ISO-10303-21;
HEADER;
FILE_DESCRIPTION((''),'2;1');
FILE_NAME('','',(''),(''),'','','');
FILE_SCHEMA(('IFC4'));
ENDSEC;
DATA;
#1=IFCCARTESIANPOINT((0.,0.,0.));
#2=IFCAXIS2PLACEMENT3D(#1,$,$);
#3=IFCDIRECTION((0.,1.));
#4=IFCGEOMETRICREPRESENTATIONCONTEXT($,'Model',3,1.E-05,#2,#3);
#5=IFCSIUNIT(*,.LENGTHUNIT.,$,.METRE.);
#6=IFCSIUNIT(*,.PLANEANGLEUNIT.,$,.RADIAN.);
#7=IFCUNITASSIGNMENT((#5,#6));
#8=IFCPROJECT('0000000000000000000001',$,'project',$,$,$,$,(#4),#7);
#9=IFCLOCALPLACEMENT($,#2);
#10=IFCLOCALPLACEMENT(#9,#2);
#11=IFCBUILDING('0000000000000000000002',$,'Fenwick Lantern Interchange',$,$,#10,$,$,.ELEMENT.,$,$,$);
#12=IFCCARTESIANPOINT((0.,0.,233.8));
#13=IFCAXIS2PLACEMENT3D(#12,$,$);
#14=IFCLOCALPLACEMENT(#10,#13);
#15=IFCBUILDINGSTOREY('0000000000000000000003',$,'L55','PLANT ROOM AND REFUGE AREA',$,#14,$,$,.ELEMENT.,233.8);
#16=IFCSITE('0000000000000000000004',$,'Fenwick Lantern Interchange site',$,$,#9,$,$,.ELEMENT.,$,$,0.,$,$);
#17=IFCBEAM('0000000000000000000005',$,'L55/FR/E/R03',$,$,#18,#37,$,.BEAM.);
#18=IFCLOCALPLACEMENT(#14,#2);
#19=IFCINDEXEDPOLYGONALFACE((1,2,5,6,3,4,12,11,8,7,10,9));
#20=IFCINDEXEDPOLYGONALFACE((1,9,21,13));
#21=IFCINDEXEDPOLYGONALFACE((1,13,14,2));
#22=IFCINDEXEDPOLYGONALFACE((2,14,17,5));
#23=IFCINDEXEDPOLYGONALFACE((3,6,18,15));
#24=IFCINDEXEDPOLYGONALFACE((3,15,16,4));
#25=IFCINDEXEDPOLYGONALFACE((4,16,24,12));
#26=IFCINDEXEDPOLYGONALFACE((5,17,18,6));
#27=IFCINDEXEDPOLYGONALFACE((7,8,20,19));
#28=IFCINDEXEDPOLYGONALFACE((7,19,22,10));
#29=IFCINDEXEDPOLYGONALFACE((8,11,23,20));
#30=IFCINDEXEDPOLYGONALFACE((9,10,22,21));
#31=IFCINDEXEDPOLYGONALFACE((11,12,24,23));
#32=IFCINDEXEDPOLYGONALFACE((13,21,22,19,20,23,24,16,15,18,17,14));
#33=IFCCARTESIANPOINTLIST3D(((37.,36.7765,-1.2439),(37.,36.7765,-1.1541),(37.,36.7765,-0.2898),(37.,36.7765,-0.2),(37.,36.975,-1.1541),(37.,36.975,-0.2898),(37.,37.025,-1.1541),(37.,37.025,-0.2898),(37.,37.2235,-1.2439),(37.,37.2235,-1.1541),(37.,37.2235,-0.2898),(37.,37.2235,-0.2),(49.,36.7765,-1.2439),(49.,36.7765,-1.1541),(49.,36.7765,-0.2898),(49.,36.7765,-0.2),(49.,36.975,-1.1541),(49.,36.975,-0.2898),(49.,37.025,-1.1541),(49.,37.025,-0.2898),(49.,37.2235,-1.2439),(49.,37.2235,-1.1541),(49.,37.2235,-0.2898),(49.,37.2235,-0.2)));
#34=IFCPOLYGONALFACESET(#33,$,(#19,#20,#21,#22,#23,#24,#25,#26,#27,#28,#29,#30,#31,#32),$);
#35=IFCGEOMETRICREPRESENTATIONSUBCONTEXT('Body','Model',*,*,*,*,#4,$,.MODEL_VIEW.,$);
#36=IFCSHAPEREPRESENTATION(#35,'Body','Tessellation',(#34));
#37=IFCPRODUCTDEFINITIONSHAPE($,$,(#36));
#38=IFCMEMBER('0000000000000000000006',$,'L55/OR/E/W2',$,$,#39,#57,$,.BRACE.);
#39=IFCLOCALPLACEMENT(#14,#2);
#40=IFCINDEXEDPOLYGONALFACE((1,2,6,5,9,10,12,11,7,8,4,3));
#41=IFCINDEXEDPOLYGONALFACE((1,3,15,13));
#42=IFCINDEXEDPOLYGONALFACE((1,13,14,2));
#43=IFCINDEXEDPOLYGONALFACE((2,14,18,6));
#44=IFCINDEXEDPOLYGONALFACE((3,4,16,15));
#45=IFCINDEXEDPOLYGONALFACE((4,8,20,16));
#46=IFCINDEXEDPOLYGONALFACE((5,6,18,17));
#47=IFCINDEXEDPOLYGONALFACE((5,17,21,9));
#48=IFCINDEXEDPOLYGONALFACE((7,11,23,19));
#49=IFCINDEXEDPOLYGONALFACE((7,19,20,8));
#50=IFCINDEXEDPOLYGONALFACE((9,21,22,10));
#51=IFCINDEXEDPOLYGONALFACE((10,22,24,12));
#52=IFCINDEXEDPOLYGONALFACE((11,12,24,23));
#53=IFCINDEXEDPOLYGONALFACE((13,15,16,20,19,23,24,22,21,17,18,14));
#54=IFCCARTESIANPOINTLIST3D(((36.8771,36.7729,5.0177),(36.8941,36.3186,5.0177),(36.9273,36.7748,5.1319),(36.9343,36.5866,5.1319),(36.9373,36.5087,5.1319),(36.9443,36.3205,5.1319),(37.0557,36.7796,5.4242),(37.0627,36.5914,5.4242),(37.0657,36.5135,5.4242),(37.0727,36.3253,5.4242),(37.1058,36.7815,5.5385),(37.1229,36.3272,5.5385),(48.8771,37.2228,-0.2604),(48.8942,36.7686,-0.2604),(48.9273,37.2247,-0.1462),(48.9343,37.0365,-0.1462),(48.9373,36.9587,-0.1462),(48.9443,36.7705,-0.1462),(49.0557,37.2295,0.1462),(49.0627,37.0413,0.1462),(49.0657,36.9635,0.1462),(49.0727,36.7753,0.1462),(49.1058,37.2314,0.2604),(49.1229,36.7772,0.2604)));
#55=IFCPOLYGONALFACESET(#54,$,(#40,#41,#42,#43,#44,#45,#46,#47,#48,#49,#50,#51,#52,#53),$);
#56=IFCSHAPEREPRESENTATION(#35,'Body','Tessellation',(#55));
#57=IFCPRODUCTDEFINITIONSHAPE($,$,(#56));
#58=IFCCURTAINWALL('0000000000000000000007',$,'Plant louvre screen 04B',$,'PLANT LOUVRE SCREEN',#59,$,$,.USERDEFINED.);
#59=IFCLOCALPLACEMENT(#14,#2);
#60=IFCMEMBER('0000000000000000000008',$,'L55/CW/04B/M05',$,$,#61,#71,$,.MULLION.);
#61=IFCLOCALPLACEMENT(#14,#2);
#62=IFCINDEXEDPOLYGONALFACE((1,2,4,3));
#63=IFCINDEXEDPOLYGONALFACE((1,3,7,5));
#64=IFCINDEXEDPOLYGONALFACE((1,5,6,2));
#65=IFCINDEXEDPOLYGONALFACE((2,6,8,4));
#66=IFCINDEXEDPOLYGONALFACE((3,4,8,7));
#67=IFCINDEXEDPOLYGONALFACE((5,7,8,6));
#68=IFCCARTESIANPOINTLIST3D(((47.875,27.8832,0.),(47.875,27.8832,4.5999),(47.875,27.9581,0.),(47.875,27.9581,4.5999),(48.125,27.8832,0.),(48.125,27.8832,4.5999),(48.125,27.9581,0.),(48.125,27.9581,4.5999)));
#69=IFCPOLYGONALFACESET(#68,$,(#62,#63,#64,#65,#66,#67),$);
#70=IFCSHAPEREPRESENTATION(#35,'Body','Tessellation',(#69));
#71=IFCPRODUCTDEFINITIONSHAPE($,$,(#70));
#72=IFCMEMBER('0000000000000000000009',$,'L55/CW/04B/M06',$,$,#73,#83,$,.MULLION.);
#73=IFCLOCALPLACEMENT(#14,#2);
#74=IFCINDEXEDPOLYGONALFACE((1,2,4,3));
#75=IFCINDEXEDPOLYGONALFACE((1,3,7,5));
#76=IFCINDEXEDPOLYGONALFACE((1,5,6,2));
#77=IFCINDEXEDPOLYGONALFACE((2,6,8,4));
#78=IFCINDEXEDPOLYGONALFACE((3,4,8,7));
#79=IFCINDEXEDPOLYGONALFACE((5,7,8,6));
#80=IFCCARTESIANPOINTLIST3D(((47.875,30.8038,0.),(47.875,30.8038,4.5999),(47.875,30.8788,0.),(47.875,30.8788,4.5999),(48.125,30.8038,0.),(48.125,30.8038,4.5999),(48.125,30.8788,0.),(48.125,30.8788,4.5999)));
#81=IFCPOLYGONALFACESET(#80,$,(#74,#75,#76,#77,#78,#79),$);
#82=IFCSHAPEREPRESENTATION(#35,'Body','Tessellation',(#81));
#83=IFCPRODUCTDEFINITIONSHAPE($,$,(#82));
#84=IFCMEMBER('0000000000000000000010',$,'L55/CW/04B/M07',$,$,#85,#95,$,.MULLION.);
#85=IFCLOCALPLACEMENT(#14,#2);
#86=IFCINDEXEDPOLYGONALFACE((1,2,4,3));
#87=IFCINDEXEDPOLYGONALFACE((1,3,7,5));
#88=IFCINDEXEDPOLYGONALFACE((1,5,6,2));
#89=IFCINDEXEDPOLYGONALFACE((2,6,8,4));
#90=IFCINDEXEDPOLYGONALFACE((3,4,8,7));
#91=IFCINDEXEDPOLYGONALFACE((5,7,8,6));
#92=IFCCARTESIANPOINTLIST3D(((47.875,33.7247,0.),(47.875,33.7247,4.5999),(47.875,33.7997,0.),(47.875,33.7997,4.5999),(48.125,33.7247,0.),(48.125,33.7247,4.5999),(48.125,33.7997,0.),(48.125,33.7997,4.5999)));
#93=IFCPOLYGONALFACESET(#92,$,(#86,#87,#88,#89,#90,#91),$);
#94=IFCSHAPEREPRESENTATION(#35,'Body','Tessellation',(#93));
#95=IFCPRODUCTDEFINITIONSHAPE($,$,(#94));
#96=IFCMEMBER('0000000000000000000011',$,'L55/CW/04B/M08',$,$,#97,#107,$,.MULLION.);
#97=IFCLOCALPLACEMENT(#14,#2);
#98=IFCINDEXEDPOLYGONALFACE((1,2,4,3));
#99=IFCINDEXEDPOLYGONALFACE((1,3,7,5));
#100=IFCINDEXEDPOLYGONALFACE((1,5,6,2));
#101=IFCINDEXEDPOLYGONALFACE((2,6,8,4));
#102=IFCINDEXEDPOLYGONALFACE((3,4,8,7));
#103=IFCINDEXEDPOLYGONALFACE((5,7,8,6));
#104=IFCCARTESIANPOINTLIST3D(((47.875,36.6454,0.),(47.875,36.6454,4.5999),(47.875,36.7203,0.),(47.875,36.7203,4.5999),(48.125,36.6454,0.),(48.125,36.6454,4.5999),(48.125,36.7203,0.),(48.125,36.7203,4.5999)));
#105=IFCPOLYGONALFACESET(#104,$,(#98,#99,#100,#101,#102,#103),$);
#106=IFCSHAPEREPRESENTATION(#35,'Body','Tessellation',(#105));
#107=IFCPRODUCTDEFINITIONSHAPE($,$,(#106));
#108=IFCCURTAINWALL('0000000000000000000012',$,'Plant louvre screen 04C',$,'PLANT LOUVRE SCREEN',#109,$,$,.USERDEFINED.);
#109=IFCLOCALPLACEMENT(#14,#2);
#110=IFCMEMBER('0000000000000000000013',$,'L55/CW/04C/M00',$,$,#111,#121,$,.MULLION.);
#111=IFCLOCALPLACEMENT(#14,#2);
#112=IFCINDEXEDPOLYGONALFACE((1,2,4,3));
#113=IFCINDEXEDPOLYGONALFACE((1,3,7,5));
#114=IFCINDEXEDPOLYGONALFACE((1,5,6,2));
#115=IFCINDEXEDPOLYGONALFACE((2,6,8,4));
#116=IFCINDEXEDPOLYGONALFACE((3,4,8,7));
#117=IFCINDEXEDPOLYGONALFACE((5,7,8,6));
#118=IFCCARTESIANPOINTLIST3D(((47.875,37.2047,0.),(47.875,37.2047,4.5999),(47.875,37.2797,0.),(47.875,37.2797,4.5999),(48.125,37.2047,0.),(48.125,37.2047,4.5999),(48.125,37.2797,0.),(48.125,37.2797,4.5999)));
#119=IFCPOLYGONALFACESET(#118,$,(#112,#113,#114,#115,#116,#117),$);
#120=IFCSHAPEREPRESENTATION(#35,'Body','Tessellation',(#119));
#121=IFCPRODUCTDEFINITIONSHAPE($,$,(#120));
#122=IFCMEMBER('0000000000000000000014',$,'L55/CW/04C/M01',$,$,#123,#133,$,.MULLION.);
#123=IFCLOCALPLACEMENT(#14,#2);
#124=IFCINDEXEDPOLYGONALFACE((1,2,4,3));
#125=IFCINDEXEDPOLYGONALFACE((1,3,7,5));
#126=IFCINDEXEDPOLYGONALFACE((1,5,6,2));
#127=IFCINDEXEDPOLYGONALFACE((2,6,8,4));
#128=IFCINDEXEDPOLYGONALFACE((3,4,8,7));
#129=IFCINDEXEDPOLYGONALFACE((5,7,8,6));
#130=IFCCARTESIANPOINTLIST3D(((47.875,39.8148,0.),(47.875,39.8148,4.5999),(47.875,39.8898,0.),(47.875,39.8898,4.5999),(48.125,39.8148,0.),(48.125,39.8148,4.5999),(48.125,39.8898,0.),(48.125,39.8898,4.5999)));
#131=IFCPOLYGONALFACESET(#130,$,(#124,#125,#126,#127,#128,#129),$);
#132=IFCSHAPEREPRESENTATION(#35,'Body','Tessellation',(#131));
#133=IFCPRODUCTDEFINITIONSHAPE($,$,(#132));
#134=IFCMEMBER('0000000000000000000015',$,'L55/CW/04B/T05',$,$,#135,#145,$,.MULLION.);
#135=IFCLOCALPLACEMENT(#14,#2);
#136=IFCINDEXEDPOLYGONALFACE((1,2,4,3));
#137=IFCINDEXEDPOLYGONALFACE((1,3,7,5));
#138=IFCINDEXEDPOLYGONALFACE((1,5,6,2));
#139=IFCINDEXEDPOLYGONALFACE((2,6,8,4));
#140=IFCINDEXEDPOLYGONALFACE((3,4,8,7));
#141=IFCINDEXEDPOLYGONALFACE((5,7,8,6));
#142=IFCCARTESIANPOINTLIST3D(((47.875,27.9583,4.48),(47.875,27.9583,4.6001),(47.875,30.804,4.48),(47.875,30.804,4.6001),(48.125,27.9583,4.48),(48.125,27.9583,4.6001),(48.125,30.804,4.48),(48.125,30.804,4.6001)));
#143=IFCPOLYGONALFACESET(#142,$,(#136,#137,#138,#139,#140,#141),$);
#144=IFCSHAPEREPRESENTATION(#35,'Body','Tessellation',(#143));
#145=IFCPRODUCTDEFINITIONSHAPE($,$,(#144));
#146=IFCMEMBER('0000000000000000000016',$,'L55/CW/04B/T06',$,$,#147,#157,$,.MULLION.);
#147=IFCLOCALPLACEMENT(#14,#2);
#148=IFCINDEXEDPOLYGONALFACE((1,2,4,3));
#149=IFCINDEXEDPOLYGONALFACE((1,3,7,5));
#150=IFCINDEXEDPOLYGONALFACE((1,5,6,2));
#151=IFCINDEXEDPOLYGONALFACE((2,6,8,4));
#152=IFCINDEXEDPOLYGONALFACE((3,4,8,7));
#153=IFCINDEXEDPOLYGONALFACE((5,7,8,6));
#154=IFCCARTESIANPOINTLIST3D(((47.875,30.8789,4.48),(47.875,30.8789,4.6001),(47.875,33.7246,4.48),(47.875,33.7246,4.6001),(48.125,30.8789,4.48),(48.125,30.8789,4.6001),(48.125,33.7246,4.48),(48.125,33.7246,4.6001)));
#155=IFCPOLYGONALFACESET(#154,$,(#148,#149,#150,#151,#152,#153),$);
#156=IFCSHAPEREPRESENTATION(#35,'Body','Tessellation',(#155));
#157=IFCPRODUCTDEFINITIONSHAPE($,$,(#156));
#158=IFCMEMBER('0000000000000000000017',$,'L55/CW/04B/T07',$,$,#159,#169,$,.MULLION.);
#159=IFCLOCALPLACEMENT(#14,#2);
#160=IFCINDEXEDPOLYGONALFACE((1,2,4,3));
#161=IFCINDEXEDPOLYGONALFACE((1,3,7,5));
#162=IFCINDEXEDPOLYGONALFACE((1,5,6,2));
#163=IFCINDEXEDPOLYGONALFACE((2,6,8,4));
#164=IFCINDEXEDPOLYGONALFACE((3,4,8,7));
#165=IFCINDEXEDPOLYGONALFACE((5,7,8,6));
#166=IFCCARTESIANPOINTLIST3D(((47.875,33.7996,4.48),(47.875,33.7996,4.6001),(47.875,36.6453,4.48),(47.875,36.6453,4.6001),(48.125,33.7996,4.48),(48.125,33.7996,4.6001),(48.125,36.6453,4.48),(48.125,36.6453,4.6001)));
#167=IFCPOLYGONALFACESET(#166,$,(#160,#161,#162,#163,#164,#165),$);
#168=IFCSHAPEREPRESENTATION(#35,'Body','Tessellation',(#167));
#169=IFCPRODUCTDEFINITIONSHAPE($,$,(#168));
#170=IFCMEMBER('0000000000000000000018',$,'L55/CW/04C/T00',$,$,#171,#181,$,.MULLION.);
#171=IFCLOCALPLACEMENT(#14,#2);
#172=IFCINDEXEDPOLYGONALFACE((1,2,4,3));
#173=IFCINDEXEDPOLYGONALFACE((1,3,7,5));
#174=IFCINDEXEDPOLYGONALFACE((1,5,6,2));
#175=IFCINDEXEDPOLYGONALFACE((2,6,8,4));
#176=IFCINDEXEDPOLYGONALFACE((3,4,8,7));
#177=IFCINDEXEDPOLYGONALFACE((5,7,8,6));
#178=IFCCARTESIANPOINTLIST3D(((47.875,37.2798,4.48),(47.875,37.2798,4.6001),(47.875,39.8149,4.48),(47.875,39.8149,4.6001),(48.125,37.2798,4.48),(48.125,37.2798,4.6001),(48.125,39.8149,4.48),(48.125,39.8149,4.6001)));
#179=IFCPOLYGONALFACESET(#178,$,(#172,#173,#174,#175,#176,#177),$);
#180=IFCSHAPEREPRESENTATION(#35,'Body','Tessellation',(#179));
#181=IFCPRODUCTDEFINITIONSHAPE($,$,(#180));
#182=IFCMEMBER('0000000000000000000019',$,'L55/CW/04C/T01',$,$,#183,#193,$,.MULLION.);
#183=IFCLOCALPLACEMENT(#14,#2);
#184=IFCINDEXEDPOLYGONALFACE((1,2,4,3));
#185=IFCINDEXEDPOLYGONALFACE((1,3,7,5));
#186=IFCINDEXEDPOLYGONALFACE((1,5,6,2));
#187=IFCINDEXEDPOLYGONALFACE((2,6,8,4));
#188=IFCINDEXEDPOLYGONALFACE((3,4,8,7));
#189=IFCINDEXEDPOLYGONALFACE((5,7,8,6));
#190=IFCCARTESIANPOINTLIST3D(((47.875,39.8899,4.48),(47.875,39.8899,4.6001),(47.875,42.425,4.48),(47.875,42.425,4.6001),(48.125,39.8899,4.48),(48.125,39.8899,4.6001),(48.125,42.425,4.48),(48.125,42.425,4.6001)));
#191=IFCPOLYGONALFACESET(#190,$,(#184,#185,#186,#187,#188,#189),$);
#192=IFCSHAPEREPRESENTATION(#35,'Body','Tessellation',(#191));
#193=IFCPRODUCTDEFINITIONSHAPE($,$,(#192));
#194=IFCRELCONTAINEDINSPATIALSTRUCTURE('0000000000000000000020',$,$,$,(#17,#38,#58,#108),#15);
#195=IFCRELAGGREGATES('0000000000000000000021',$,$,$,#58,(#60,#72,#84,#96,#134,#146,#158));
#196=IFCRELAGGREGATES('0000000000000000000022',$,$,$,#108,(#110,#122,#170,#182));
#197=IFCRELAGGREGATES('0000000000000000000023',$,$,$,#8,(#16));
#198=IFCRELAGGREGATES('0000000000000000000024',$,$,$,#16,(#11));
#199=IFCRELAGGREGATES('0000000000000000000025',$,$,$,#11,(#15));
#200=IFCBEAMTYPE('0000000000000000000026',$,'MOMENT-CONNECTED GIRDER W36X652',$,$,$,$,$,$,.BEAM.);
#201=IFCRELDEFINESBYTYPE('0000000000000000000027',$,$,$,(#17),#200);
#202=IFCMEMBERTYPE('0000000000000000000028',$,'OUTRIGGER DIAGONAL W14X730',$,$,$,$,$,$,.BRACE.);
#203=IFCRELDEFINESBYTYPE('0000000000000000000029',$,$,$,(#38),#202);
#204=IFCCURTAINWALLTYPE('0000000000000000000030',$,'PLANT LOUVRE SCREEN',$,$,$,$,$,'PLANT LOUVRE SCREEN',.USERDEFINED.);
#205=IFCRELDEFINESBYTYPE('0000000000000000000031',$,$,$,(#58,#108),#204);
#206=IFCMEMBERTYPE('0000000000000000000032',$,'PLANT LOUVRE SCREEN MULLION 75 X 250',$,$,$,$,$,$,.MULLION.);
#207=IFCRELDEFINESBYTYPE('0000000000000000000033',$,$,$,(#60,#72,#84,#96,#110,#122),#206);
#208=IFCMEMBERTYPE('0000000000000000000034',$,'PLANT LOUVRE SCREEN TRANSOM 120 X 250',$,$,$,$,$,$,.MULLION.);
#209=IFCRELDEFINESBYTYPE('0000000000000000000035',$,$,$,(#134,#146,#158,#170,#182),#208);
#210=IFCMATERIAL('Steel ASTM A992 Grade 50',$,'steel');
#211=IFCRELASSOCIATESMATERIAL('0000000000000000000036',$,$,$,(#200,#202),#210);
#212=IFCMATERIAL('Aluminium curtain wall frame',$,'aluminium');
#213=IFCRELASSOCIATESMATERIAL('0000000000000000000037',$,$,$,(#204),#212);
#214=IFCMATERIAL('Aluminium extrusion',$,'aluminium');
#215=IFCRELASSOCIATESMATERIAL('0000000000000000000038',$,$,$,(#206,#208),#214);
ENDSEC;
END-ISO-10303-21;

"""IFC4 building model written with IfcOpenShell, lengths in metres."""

from ifc_helpers import new_model, si_unit, direction, frame, origin, origin_2d, place, context, subcontext, project, spatial, rectangle, i_section, extrude, material, material_profile, profile_set, type_object, element, aggregate, save


model = new_model("IFC4")

# Units and contexts
model_context = context("Model", 3, precision=1e-05, world=origin(), true_north=direction((0.0, 1.0)))
body_context = subcontext(model_context, "Body", "Model", "MODEL_VIEW")
ifc_project = project(units=[si_unit("LENGTHUNIT", "METRE"), si_unit("PLANEANGLEUNIT", "RADIAN")], contexts=[model_context])

# Site, building, storey
site_placement = place(None, origin())
site = spatial("IfcSite", under=ifc_project, at=site_placement, Name="Fenwick Lantern Interchange site", CompositionType="ELEMENT", RefElevation=0.0)
building_placement = place(site_placement, origin())
building = spatial("IfcBuilding", under=site, at=building_placement, Name="Fenwick Lantern Interchange", CompositionType="ELEMENT")
storey_placement = place(building_placement, frame((0.0, 0.0, 233.8)))
storey = spatial("IfcBuildingStorey", under=building, at=storey_placement, Name="L55", Description="PLANT ROOM AND REFUGE AREA", CompositionType="ELEMENT", Elevation=233.8)

# Shared definitions
ifc_material_1 = material(Name="Steel ASTM A992 Grade 50", Category="steel")

# Beam
ifc_material_profile_1 = material_profile(ifc_material_1, i_section(OverallWidth=0.447, OverallDepth=1.0439, WebThickness=0.05, FlangeThickness=0.0898, at=origin_2d()), Name="W36X652")
ifc_profile_set_1 = profile_set([ifc_material_profile_1], Name="Steel ASTM A992 Grade 50")
beam_type_1 = type_object("IfcBeamType", Name="MOMENT-CONNECTED GIRDER W36X652", PredefinedType="BEAM", material=ifc_profile_set_1)
beam_1_placement = place(storey_placement, frame((49.0, 37.0, -0.7219), z_axis=(-1.0, 0.0, 0.0), x_axis=(0.0, -1.0, 0.0)))
element("IfcBeam", 1, at=beam_1_placement, inside=storey, type_object=beam_type_1, Name="L55/FR/E/R03", PredefinedType="BEAM", context=body_context, shape_type="SweptSolid", body=[
    extrude(i_section(OverallWidth=0.447, OverallDepth=1.0439, WebThickness=0.05, FlangeThickness=0.0898, at=origin_2d()), origin(), (0.0, 0.0, 1.0), 12.0),
])

# Member
ifc_material_profile_2 = material_profile(ifc_material_1, i_section(OverallWidth=0.4546, OverallDepth=0.5688, WebThickness=0.0779, FlangeThickness=0.1248, at=origin_2d()), Name="W14X730")
ifc_profile_set_2 = profile_set([ifc_material_profile_2], Name="Steel ASTM A992 Grade 50")
member_type_1 = type_object("IfcMemberType", Name="OUTRIGGER DIAGONAL W14X730", PredefinedType="BRACE", material=ifc_profile_set_2)
member_1_placement = place(storey_placement, frame((49.0, 37.0, 0.0), z_axis=(-0.91483, -0.034302, 0.402379), x_axis=(0.03747, -0.999298, 0.0)))
element("IfcMember", 2, at=member_1_placement, inside=storey, type_object=member_type_1, Name="L55/OR/E/W2", PredefinedType="BRACE", context=body_context, shape_type="SweptSolid", body=[
    extrude(i_section(OverallWidth=0.4546, OverallDepth=0.5688, WebThickness=0.0779, FlangeThickness=0.1248, at=origin_2d()), origin(), (0.0, 0.0, 1.0), 13.1172),
])

# Curtain walls, members
ifc_material_2 = material(Name="Aluminium curtain wall frame", Category="aluminium")
curtain_wall_type = type_object("IfcCurtainWallType", Name="PLANT LOUVRE SCREEN", ElementType="PLANT LOUVRE SCREEN", PredefinedType="USERDEFINED", material=ifc_material_2)
curtain_wall_1_placement = place(storey_placement, origin())
curtain_wall_1 = element("IfcCurtainWall", 3, at=curtain_wall_1_placement, inside=storey, type_object=curtain_wall_type, Name="Plant louvre screen 04B", ObjectType="PLANT LOUVRE SCREEN", PredefinedType="USERDEFINED")
ifc_material_3 = material(Name="Aluminium extrusion", Category="aluminium")
ifc_material_profile_3 = material_profile(ifc_material_3, rectangle(XDim=0.25, YDim=0.075, at=origin_2d()), Name="PLANT LOUVRE SCREEN MULLION 75 X 250")
ifc_profile_set_3 = profile_set([ifc_material_profile_3], Name="Aluminium extrusion")
member_type_2 = type_object("IfcMemberType", Name="PLANT LOUVRE SCREEN MULLION 75 X 250", PredefinedType="MULLION", material=ifc_profile_set_3)
member_2_placement = place(storey_placement, frame((48.0, 27.9207, 0.0), z_axis=(0.0, 0.0, 1.0), x_axis=(-1.0, 0.0, 0.0)))
member_2 = element("IfcMember", 4, at=member_2_placement, type_object=member_type_2, Name="L55/CW/04B/M05", PredefinedType="MULLION", context=body_context, shape_type="SweptSolid", body=[
    extrude(rectangle(XDim=0.25, YDim=0.075, at=origin_2d()), origin(), (0.0, 0.0, 1.0), 4.5999),
])
member_3_placement = place(storey_placement, frame((48.0, 30.8413, 0.0), z_axis=(0.0, 0.0, 1.0), x_axis=(-1.0, 0.0, 0.0)))
member_3 = element("IfcMember", 5, at=member_3_placement, type_object=member_type_2, Name="L55/CW/04B/M06", PredefinedType="MULLION", context=body_context, shape_type="SweptSolid", body=[
    extrude(rectangle(XDim=0.25, YDim=0.075, at=origin_2d()), origin(), (0.0, 0.0, 1.0), 4.5999),
])
member_4_placement = place(storey_placement, frame((48.0, 33.7622, 0.0), z_axis=(0.0, 0.0, 1.0), x_axis=(-1.0, 0.0, 0.0)))
member_4 = element("IfcMember", 6, at=member_4_placement, type_object=member_type_2, Name="L55/CW/04B/M07", PredefinedType="MULLION", context=body_context, shape_type="SweptSolid", body=[
    extrude(rectangle(XDim=0.25, YDim=0.075, at=origin_2d()), origin(), (0.0, 0.0, 1.0), 4.5999),
])
member_5_placement = place(storey_placement, frame((48.0, 36.6829, 0.0), z_axis=(0.0, 0.0, 1.0), x_axis=(-1.0, 0.0, 0.0)))
member_5 = element("IfcMember", 7, at=member_5_placement, type_object=member_type_2, Name="L55/CW/04B/M08", PredefinedType="MULLION", context=body_context, shape_type="SweptSolid", body=[
    extrude(rectangle(XDim=0.25, YDim=0.075, at=origin_2d()), origin(), (0.0, 0.0, 1.0), 4.5999),
])
curtain_wall_2_placement = place(storey_placement, origin())
curtain_wall_2 = element("IfcCurtainWall", 8, at=curtain_wall_2_placement, inside=storey, type_object=curtain_wall_type, Name="Plant louvre screen 04C", ObjectType="PLANT LOUVRE SCREEN", PredefinedType="USERDEFINED")
member_6_placement = place(storey_placement, frame((48.0, 37.2422, 0.0), z_axis=(0.0, 0.0, 1.0), x_axis=(-1.0, 0.0, 0.0)))
member_6 = element("IfcMember", 9, at=member_6_placement, type_object=member_type_2, Name="L55/CW/04C/M00", PredefinedType="MULLION", context=body_context, shape_type="SweptSolid", body=[
    extrude(rectangle(XDim=0.25, YDim=0.075, at=origin_2d()), origin(), (0.0, 0.0, 1.0), 4.5999),
])
member_7_placement = place(storey_placement, frame((48.0, 39.8523, 0.0), z_axis=(0.0, 0.0, 1.0), x_axis=(-1.0, 0.0, 0.0)))
member_7 = element("IfcMember", 10, at=member_7_placement, type_object=member_type_2, Name="L55/CW/04C/M01", PredefinedType="MULLION", context=body_context, shape_type="SweptSolid", body=[
    extrude(rectangle(XDim=0.25, YDim=0.075, at=origin_2d()), origin(), (0.0, 0.0, 1.0), 4.5999),
])

# Members
ifc_material_profile_4 = material_profile(ifc_material_3, rectangle(XDim=0.25, YDim=0.1201, at=origin_2d()), Name="PLANT LOUVRE SCREEN TRANSOM 120 X 250")
ifc_profile_set_4 = profile_set([ifc_material_profile_4], Name="Aluminium extrusion")
member_type_3 = type_object("IfcMemberType", Name="PLANT LOUVRE SCREEN TRANSOM 120 X 250", PredefinedType="MULLION", material=ifc_profile_set_4)
member_8_placement = place(storey_placement, frame((48.0, 27.9583, 4.54), z_axis=(0.0, 1.0, 0.0), x_axis=(-1.0, 0.0, 0.0)))
member_8 = element("IfcMember", 11, at=member_8_placement, type_object=member_type_3, Name="L55/CW/04B/T05", PredefinedType="MULLION", context=body_context, shape_type="SweptSolid", body=[
    extrude(rectangle(XDim=0.25, YDim=0.1201, at=origin_2d()), origin(), (0.0, 0.0, 1.0), 2.8457),
])
member_9_placement = place(storey_placement, frame((48.0, 30.8789, 4.54), z_axis=(0.0, 1.0, 0.0), x_axis=(-1.0, 0.0, 0.0)))
member_9 = element("IfcMember", 12, at=member_9_placement, type_object=member_type_3, Name="L55/CW/04B/T06", PredefinedType="MULLION", context=body_context, shape_type="SweptSolid", body=[
    extrude(rectangle(XDim=0.25, YDim=0.1201, at=origin_2d()), origin(), (0.0, 0.0, 1.0), 2.8457),
])
member_10_placement = place(storey_placement, frame((48.0, 33.7996, 4.54), z_axis=(0.0, 1.0, 0.0), x_axis=(-1.0, 0.0, 0.0)))
member_10 = element("IfcMember", 13, at=member_10_placement, type_object=member_type_3, Name="L55/CW/04B/T07", PredefinedType="MULLION", context=body_context, shape_type="SweptSolid", body=[
    extrude(rectangle(XDim=0.25, YDim=0.1201, at=origin_2d()), origin(), (0.0, 0.0, 1.0), 2.8457),
])
member_11_placement = place(storey_placement, frame((48.0, 37.2798, 4.54), z_axis=(0.0, 1.0, 0.0), x_axis=(-1.0, 0.0, 0.0)))
member_11 = element("IfcMember", 14, at=member_11_placement, type_object=member_type_3, Name="L55/CW/04C/T00", PredefinedType="MULLION", context=body_context, shape_type="SweptSolid", body=[
    extrude(rectangle(XDim=0.25, YDim=0.1201, at=origin_2d()), origin(), (0.0, 0.0, 1.0), 2.5352),
])
member_12_placement = place(storey_placement, frame((48.0, 39.8899, 4.54), z_axis=(0.0, 1.0, 0.0), x_axis=(-1.0, 0.0, 0.0)))
member_12 = element("IfcMember", 15, at=member_12_placement, type_object=member_type_3, Name="L55/CW/04C/T01", PredefinedType="MULLION", context=body_context, shape_type="SweptSolid", body=[
    extrude(rectangle(XDim=0.25, YDim=0.1201, at=origin_2d()), origin(), (0.0, 0.0, 1.0), 2.5352),
])

aggregate(curtain_wall_1, [member_2, member_3, member_4, member_5, member_8, member_9, member_10])
aggregate(curtain_wall_2, [member_6, member_7, member_11, member_12])

save(model, "model.ifc")
